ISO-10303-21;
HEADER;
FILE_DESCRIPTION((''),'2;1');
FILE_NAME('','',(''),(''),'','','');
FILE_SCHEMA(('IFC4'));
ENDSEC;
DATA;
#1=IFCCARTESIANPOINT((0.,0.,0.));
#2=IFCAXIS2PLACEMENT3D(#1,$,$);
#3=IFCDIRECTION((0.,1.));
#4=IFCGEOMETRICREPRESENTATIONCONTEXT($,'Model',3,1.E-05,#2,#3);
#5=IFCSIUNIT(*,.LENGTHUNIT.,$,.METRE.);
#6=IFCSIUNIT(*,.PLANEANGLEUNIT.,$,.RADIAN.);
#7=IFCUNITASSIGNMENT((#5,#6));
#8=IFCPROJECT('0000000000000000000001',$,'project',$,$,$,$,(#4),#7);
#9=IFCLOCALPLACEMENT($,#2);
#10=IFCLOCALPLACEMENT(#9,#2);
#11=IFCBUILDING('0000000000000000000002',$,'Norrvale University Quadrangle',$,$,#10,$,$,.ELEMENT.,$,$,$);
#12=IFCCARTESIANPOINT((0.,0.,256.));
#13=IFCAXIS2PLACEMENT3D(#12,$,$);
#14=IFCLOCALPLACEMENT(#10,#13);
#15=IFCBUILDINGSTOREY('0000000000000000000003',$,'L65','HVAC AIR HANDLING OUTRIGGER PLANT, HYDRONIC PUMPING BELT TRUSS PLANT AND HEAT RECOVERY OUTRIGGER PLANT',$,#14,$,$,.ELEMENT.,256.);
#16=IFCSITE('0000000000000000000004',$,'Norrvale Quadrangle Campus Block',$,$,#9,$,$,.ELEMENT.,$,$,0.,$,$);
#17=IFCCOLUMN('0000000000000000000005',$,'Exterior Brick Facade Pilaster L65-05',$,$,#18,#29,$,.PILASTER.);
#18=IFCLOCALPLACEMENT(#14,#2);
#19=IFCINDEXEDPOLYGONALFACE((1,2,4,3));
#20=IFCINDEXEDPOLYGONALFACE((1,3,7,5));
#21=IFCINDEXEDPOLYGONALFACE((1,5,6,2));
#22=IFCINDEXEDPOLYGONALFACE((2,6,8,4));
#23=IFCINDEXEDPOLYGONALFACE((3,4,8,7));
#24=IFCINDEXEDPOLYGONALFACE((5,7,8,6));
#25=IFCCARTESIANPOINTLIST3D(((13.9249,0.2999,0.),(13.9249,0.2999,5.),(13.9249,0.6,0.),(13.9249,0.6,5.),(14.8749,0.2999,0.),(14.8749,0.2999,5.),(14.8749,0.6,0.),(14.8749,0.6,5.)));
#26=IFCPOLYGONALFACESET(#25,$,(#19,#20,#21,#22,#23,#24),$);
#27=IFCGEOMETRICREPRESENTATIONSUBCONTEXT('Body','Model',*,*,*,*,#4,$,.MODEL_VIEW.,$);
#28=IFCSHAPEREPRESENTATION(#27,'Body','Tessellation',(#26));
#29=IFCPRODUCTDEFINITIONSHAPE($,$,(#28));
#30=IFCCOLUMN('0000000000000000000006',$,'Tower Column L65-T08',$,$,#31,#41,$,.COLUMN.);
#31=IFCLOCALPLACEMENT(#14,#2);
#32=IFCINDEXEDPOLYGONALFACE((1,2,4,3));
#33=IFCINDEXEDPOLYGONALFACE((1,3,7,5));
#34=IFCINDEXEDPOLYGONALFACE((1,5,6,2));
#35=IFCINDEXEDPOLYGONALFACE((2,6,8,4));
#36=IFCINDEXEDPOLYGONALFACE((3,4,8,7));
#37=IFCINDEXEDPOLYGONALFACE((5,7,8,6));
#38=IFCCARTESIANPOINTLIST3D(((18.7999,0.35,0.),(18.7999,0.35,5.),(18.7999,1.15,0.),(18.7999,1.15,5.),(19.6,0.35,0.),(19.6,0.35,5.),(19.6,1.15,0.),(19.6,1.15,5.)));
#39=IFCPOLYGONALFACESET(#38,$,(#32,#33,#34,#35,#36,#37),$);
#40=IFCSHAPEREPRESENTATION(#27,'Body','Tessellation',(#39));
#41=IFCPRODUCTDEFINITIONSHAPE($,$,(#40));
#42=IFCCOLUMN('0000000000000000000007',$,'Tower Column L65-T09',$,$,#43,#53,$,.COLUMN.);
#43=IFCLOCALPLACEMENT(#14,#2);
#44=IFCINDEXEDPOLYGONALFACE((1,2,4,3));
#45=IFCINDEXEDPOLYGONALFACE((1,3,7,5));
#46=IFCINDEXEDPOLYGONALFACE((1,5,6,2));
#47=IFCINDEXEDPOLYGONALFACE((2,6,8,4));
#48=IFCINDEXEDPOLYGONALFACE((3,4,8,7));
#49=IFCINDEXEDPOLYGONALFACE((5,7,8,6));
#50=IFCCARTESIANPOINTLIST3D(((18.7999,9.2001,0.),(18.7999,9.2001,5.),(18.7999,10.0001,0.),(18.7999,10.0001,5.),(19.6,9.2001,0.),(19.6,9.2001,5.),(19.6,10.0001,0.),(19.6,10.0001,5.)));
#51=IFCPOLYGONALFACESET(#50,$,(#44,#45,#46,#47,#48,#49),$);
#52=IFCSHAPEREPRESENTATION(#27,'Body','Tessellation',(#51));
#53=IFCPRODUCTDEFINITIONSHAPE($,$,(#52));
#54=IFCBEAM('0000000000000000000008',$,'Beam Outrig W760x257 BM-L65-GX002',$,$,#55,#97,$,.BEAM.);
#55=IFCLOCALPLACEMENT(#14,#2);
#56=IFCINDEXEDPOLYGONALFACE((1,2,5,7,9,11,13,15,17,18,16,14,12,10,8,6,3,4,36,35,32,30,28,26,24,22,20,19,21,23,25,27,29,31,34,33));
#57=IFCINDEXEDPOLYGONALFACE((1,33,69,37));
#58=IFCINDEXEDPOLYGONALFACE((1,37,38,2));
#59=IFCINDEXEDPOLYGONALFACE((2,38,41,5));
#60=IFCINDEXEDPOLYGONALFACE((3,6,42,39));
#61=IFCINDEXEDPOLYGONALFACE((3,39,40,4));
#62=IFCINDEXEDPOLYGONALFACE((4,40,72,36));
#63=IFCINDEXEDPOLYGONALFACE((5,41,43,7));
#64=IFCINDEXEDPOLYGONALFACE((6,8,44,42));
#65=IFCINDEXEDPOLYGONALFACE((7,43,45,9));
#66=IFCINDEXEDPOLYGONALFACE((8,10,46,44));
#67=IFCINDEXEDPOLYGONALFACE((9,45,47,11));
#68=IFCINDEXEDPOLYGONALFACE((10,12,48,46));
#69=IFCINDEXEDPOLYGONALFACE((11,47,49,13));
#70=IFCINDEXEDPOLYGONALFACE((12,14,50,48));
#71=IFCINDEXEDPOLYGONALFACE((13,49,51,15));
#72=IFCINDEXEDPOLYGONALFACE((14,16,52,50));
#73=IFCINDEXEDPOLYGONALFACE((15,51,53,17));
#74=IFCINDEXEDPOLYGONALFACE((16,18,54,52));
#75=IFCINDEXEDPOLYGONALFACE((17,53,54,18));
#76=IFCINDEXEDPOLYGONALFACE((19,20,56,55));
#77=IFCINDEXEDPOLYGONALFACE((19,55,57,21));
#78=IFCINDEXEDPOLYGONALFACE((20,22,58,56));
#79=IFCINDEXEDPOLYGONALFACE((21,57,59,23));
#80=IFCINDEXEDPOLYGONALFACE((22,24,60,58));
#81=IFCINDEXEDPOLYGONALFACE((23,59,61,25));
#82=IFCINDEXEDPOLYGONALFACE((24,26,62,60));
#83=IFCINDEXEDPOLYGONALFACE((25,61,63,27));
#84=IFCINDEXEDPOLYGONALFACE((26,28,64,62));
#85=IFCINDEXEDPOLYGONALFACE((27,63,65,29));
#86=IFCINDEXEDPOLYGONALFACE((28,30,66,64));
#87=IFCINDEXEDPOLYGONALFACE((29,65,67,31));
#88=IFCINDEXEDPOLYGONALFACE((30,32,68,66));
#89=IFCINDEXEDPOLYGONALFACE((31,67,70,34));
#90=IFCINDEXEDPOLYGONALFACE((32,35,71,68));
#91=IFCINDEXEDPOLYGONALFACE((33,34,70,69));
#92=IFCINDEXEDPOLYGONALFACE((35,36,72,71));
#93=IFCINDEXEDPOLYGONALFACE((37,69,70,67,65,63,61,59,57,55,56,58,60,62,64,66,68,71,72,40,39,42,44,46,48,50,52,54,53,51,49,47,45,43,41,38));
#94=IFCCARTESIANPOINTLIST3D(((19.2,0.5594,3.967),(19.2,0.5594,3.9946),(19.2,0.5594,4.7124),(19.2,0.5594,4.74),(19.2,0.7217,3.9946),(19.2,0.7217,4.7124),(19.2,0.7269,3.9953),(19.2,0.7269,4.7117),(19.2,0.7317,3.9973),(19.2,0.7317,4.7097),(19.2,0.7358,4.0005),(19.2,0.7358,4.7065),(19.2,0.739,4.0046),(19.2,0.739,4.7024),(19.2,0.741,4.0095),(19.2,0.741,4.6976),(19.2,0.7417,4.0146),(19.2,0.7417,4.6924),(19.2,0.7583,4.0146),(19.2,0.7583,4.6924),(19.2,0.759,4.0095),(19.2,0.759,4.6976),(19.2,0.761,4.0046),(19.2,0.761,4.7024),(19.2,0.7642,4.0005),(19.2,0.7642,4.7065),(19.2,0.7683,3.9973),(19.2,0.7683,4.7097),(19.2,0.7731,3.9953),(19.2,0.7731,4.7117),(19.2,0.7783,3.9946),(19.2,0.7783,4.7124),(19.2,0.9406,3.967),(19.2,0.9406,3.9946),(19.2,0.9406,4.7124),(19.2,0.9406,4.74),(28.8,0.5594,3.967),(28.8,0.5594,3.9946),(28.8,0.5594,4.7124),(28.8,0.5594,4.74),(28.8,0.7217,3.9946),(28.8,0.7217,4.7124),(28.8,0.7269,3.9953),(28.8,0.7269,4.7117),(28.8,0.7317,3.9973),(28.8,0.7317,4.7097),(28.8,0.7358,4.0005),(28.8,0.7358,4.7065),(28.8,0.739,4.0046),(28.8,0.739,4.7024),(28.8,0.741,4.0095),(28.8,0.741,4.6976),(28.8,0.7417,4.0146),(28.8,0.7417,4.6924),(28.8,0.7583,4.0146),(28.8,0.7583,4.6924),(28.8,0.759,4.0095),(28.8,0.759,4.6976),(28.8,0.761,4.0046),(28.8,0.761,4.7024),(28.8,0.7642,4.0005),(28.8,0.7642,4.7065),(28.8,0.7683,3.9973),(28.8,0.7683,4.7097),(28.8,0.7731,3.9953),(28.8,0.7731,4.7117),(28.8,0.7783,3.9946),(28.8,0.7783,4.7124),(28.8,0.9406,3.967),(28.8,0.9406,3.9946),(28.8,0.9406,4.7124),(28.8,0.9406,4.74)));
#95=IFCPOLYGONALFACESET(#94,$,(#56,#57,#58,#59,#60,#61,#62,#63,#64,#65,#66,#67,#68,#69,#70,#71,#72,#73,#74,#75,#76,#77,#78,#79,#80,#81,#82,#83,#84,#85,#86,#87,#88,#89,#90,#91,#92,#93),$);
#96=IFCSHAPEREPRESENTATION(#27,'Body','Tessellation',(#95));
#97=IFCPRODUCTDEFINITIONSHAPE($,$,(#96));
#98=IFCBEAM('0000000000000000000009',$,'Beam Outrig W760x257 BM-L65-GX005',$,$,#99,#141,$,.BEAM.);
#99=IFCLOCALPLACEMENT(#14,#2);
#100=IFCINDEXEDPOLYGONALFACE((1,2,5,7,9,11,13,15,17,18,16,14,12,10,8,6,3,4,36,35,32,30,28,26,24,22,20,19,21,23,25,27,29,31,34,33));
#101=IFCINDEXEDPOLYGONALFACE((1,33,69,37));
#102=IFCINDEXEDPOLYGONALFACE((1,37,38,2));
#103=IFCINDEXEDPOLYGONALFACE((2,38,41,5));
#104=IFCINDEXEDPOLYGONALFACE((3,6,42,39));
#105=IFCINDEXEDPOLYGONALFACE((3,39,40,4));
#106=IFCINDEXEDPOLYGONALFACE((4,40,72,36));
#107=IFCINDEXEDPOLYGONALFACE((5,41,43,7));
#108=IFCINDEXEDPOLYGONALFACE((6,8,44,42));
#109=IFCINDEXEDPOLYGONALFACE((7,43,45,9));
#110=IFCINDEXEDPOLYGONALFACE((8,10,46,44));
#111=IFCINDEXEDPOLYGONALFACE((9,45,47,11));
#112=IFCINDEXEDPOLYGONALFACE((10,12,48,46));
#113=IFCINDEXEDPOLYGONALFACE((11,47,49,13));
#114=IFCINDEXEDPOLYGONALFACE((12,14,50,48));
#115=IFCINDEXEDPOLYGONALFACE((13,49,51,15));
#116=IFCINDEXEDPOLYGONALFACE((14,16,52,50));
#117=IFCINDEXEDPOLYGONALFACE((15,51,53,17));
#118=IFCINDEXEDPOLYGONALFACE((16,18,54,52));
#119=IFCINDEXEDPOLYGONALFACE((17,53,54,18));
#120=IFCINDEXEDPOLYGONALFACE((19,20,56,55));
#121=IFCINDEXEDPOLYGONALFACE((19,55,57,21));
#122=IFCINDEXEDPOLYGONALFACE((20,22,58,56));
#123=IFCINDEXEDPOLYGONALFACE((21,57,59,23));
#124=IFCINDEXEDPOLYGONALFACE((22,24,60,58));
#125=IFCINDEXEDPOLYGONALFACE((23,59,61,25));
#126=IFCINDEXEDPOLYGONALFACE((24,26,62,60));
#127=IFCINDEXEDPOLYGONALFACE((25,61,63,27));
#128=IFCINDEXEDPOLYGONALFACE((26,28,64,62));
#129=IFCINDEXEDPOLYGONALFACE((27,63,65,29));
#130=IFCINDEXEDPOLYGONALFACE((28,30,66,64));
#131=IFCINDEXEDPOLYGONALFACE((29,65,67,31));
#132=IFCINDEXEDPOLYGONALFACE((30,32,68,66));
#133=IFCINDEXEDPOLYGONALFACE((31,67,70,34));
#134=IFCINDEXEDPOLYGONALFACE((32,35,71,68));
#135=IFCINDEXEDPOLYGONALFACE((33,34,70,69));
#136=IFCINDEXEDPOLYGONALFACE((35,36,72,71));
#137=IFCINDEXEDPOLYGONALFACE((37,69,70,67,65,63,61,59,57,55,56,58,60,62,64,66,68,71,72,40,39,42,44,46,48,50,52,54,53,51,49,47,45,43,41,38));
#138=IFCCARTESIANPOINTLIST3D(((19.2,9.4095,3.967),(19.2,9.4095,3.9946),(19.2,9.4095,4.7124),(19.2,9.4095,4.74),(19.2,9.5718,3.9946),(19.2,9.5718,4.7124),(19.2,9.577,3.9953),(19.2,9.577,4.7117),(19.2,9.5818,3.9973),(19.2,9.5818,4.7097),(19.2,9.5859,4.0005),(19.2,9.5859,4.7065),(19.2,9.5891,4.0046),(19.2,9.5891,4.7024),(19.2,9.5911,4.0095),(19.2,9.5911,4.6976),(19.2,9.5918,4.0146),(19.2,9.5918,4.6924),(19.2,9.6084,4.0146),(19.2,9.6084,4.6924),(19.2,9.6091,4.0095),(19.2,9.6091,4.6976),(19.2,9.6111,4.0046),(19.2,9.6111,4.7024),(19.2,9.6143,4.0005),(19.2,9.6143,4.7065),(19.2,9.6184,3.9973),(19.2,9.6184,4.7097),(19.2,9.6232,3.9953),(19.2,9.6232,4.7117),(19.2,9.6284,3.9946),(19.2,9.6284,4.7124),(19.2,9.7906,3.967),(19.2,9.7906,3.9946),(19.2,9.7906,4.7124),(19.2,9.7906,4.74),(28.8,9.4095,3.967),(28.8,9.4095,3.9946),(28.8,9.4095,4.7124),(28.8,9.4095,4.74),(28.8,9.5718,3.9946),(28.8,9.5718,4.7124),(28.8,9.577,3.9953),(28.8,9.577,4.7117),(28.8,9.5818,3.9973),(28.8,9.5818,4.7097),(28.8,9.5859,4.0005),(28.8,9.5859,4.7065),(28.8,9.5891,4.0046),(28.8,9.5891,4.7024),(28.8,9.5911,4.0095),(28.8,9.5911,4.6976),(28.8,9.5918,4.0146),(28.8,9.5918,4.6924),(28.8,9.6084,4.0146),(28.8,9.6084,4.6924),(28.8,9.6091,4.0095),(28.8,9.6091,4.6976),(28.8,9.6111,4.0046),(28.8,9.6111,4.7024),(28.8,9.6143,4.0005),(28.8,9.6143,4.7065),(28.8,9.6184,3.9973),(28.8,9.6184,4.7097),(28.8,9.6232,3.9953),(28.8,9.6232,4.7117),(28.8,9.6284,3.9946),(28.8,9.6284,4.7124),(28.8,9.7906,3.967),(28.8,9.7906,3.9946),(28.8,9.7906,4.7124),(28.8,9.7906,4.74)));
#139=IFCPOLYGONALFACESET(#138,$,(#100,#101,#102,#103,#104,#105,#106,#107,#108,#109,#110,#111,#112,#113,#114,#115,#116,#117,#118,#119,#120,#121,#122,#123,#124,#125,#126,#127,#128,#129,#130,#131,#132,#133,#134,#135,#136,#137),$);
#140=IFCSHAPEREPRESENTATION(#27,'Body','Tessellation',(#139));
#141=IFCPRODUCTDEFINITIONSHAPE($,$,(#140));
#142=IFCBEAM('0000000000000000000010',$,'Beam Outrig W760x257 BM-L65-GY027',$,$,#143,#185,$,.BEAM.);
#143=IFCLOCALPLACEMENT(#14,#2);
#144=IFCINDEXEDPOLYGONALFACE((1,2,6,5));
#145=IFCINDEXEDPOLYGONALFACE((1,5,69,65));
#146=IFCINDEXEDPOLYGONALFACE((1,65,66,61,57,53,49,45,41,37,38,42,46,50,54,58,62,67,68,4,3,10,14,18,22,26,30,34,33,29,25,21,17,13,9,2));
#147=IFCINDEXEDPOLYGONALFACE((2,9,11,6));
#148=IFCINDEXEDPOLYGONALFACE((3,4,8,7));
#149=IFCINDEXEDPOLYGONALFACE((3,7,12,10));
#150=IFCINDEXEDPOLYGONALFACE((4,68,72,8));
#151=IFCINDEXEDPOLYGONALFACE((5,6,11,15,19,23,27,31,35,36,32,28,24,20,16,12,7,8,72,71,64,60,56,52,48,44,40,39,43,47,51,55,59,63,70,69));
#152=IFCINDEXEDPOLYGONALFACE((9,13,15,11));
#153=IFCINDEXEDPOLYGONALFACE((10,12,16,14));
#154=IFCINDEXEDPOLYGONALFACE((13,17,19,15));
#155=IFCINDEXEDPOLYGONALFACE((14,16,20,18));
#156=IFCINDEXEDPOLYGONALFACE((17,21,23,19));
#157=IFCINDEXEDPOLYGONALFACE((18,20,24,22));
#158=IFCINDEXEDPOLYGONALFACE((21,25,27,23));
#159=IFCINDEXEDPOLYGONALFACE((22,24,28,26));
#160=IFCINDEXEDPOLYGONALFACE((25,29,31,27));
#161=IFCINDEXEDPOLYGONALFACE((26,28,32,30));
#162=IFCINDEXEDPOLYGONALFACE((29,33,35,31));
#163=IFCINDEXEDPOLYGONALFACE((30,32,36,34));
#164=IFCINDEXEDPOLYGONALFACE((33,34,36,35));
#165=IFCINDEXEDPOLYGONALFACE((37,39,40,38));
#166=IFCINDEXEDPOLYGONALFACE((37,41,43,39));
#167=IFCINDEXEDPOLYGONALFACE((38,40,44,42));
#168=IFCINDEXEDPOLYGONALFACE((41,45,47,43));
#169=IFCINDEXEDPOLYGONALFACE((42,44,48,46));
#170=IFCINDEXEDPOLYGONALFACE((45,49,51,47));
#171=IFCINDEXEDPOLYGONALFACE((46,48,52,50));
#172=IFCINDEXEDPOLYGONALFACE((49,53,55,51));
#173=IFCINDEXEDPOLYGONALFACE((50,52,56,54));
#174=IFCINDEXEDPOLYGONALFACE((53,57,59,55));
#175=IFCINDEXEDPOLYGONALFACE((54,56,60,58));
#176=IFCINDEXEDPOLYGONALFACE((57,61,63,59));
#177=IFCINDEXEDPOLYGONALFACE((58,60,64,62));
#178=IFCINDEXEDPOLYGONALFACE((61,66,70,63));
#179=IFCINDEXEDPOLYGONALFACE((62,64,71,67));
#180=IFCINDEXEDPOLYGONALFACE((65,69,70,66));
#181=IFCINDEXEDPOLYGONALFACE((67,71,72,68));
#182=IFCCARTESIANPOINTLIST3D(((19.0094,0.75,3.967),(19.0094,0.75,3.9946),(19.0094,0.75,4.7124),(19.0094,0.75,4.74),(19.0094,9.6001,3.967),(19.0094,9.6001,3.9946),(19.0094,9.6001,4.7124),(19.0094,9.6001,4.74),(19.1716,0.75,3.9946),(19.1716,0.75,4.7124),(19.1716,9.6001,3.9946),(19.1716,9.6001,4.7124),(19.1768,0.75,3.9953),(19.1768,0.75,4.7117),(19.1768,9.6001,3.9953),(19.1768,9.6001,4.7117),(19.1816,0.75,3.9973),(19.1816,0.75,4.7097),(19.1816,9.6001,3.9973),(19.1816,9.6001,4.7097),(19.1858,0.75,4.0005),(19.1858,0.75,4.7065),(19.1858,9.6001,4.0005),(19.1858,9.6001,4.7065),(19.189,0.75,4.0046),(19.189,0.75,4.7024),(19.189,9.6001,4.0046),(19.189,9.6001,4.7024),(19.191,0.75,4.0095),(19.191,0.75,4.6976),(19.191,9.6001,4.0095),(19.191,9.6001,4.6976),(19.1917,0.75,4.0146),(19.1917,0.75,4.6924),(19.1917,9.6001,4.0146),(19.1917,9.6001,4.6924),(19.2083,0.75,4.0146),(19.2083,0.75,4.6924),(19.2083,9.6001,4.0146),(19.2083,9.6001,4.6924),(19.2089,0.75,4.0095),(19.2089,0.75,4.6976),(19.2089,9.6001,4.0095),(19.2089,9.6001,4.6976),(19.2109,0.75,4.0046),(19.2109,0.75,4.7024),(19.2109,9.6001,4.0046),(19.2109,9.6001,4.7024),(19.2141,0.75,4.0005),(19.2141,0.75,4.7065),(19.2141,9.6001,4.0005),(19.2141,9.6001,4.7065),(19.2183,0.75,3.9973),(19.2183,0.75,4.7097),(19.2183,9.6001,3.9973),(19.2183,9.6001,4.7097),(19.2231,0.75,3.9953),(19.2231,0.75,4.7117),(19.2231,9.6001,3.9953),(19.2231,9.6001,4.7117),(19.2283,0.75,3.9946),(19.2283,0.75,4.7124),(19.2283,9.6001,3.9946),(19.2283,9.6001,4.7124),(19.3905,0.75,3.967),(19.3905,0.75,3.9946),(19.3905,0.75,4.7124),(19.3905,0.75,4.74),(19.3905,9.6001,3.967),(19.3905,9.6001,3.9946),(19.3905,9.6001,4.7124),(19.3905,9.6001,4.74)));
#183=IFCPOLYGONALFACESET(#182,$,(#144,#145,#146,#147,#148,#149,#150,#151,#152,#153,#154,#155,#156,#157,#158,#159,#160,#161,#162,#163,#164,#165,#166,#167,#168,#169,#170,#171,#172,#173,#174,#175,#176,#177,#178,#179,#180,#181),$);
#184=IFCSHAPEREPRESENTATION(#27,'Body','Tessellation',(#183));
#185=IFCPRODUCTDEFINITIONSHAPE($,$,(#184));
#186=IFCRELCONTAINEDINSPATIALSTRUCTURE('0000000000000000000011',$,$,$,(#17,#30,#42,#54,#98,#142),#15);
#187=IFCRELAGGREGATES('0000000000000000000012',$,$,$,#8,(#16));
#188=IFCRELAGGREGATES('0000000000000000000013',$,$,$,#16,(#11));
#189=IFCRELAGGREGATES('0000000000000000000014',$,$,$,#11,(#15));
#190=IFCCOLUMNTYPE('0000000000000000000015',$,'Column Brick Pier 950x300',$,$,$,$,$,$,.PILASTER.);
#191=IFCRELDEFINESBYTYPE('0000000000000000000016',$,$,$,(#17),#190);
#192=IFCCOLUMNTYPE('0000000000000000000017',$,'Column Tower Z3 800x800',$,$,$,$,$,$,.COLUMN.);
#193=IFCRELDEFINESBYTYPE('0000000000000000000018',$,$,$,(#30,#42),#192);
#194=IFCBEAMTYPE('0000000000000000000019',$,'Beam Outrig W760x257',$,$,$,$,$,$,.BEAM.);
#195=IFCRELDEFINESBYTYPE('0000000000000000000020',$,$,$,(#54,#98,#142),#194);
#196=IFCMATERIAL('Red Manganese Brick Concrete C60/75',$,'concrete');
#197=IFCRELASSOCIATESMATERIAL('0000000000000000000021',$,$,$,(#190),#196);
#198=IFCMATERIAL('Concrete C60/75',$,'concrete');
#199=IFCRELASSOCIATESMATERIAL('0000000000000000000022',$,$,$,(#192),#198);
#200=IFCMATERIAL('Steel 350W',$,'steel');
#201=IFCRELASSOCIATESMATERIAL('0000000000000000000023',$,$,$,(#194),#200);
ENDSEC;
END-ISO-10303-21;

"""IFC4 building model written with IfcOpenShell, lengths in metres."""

from ifc_helpers import new_model, si_unit, direction, frame, origin, origin_2d, place, context, subcontext, project, spatial, rectangle, i_section, extrude, material, material_profile, profile_set, type_object, element, save


model = new_model("IFC4")

# Units and contexts
model_context = context("Model", 3, precision=1e-05, world=origin(), true_north=direction((0.0, 1.0)))
body_context = subcontext(model_context, "Body", "Model", "MODEL_VIEW")
ifc_project = project(units=[si_unit("LENGTHUNIT", "METRE"), si_unit("PLANEANGLEUNIT", "RADIAN")], contexts=[model_context])

# Site, building, storey
site_placement = place(None, origin())
site = spatial("IfcSite", under=ifc_project, at=site_placement, Name="Norrvale Quadrangle Campus Block", CompositionType="ELEMENT", RefElevation=0.0)
building_placement = place(site_placement, origin())
building = spatial("IfcBuilding", under=site, at=building_placement, Name="Norrvale University Quadrangle", CompositionType="ELEMENT")
storey_placement = place(building_placement, frame((0.0, 0.0, 256.0)))
storey = spatial("IfcBuildingStorey", under=building, at=storey_placement, Name="L65", Description="HVAC AIR HANDLING OUTRIGGER PLANT, HYDRONIC PUMPING BELT TRUSS PLANT AND HEAT RECOVERY OUTRIGGER PLANT", CompositionType="ELEMENT", Elevation=256.0)

# Columns
ifc_material_1 = material(Name="Red Manganese Brick Concrete C60/75", Category="concrete")
ifc_material_profile_1 = material_profile(ifc_material_1, rectangle(XDim=0.95, YDim=0.3, at=origin_2d()), Name="Red Manganese Brick Concrete C60/75")
ifc_profile_set_1 = profile_set([ifc_material_profile_1], Name="Red Manganese Brick Concrete C60/75")
column_type_1 = type_object("IfcColumnType", Name="Column Brick Pier 950x300", PredefinedType="PILASTER", material=ifc_profile_set_1)
column_placement = place(storey_placement, frame((14.3999, 0.45, 0.0), z_axis=(0.0, 0.0, 1.0), x_axis=(1.0, 0.0, 0.0)))
element("IfcColumn", 1, at=column_placement, inside=storey, type_object=column_type_1, Name="Exterior Brick Facade Pilaster L65-05", PredefinedType="PILASTER", context=body_context, shape_type="SweptSolid", body=[
    extrude(rectangle(XDim=0.95, YDim=0.3, at=origin_2d()), origin(), (0.0, 0.0, 1.0), 5.0),
])
ifc_material_2 = material(Name="Concrete C60/75", Category="concrete")
ifc_material_profile_2 = material_profile(ifc_material_2, rectangle(XDim=0.8, YDim=0.8, at=origin_2d()), Name="Concrete C60/75")
ifc_profile_set_2 = profile_set([ifc_material_profile_2], Name="Concrete C60/75")
column_type_2 = type_object("IfcColumnType", Name="Column Tower Z3 800x800", PredefinedType="COLUMN", material=ifc_profile_set_2)
for number, where, z_axis, x_axis, name in (
    (2, (19.2, 0.75, 0.0), (0.0, 0.0, 1.0), (1.0, 0.0, 0.0), "Tower Column L65-T08"),
    (3, (19.2, 9.6001, 0.0), (0.0, 0.0, 1.0), (1.0, 0.0, 0.0), "Tower Column L65-T09"),
):
    element("IfcColumn", number, at=place(storey_placement, frame(where, z_axis=z_axis, x_axis=x_axis)), inside=storey, type_object=column_type_2, Name=name, PredefinedType="COLUMN", context=body_context, shape_type="SweptSolid", body=[
        extrude(rectangle(XDim=0.8, YDim=0.8, at=origin_2d()), origin(), (0.0, 0.0, 1.0), 5.0),
    ])

# Beams
ifc_material_3 = material(Name="Steel 350W", Category="steel")
ifc_material_profile_3 = material_profile(ifc_material_3, i_section(OverallWidth=0.3811, OverallDepth=0.7729, WebThickness=0.0166, FlangeThickness=0.0276, FilletRadius=0.02, at=origin_2d()), Name="Steel 350W")
ifc_profile_set_3 = profile_set([ifc_material_profile_3], Name="Steel 350W")
beam_type_1 = type_object("IfcBeamType", Name="Beam Outrig W760x257", PredefinedType="BEAM", material=ifc_profile_set_3)
for number, where, z_axis, x_axis, name in (
    (4, (19.2, 0.75, 4.3535), (1.0, 0.0, 0.0), (0.0, 1.0, 0.0), "Beam Outrig W760x257 BM-L65-GX002"),
    (5, (19.2, 9.6001, 4.3535), (1.0, 0.0, 0.0), (0.0, 1.0, 0.0), "Beam Outrig W760x257 BM-L65-GX005"),
):
    element("IfcBeam", number, at=place(storey_placement, frame(where, z_axis=z_axis, x_axis=x_axis)), inside=storey, type_object=beam_type_1, Name=name, PredefinedType="BEAM", context=body_context, shape_type="SweptSolid", body=[
        extrude(i_section(OverallWidth=0.3811, OverallDepth=0.7729, WebThickness=0.0166, FlangeThickness=0.0276, FilletRadius=0.02, at=origin_2d()), origin(), (0.0, 0.0, 1.0), 9.6001),
    ])
beam_1_placement = place(storey_placement, frame((19.2, 0.75, 4.3535), z_axis=(0.0, 1.0, 0.0), x_axis=(-1.0, 0.0, 0.0)))
element("IfcBeam", 6, at=beam_1_placement, inside=storey, type_object=beam_type_1, Name="Beam Outrig W760x257 BM-L65-GY027", PredefinedType="BEAM", context=body_context, shape_type="SweptSolid", body=[
    extrude(i_section(OverallWidth=0.3811, OverallDepth=0.7729, WebThickness=0.0166, FlangeThickness=0.0276, FilletRadius=0.02, at=origin_2d()), origin(), (0.0, 0.0, 1.0), 8.8501),
])

save(model, "model.ifc")
